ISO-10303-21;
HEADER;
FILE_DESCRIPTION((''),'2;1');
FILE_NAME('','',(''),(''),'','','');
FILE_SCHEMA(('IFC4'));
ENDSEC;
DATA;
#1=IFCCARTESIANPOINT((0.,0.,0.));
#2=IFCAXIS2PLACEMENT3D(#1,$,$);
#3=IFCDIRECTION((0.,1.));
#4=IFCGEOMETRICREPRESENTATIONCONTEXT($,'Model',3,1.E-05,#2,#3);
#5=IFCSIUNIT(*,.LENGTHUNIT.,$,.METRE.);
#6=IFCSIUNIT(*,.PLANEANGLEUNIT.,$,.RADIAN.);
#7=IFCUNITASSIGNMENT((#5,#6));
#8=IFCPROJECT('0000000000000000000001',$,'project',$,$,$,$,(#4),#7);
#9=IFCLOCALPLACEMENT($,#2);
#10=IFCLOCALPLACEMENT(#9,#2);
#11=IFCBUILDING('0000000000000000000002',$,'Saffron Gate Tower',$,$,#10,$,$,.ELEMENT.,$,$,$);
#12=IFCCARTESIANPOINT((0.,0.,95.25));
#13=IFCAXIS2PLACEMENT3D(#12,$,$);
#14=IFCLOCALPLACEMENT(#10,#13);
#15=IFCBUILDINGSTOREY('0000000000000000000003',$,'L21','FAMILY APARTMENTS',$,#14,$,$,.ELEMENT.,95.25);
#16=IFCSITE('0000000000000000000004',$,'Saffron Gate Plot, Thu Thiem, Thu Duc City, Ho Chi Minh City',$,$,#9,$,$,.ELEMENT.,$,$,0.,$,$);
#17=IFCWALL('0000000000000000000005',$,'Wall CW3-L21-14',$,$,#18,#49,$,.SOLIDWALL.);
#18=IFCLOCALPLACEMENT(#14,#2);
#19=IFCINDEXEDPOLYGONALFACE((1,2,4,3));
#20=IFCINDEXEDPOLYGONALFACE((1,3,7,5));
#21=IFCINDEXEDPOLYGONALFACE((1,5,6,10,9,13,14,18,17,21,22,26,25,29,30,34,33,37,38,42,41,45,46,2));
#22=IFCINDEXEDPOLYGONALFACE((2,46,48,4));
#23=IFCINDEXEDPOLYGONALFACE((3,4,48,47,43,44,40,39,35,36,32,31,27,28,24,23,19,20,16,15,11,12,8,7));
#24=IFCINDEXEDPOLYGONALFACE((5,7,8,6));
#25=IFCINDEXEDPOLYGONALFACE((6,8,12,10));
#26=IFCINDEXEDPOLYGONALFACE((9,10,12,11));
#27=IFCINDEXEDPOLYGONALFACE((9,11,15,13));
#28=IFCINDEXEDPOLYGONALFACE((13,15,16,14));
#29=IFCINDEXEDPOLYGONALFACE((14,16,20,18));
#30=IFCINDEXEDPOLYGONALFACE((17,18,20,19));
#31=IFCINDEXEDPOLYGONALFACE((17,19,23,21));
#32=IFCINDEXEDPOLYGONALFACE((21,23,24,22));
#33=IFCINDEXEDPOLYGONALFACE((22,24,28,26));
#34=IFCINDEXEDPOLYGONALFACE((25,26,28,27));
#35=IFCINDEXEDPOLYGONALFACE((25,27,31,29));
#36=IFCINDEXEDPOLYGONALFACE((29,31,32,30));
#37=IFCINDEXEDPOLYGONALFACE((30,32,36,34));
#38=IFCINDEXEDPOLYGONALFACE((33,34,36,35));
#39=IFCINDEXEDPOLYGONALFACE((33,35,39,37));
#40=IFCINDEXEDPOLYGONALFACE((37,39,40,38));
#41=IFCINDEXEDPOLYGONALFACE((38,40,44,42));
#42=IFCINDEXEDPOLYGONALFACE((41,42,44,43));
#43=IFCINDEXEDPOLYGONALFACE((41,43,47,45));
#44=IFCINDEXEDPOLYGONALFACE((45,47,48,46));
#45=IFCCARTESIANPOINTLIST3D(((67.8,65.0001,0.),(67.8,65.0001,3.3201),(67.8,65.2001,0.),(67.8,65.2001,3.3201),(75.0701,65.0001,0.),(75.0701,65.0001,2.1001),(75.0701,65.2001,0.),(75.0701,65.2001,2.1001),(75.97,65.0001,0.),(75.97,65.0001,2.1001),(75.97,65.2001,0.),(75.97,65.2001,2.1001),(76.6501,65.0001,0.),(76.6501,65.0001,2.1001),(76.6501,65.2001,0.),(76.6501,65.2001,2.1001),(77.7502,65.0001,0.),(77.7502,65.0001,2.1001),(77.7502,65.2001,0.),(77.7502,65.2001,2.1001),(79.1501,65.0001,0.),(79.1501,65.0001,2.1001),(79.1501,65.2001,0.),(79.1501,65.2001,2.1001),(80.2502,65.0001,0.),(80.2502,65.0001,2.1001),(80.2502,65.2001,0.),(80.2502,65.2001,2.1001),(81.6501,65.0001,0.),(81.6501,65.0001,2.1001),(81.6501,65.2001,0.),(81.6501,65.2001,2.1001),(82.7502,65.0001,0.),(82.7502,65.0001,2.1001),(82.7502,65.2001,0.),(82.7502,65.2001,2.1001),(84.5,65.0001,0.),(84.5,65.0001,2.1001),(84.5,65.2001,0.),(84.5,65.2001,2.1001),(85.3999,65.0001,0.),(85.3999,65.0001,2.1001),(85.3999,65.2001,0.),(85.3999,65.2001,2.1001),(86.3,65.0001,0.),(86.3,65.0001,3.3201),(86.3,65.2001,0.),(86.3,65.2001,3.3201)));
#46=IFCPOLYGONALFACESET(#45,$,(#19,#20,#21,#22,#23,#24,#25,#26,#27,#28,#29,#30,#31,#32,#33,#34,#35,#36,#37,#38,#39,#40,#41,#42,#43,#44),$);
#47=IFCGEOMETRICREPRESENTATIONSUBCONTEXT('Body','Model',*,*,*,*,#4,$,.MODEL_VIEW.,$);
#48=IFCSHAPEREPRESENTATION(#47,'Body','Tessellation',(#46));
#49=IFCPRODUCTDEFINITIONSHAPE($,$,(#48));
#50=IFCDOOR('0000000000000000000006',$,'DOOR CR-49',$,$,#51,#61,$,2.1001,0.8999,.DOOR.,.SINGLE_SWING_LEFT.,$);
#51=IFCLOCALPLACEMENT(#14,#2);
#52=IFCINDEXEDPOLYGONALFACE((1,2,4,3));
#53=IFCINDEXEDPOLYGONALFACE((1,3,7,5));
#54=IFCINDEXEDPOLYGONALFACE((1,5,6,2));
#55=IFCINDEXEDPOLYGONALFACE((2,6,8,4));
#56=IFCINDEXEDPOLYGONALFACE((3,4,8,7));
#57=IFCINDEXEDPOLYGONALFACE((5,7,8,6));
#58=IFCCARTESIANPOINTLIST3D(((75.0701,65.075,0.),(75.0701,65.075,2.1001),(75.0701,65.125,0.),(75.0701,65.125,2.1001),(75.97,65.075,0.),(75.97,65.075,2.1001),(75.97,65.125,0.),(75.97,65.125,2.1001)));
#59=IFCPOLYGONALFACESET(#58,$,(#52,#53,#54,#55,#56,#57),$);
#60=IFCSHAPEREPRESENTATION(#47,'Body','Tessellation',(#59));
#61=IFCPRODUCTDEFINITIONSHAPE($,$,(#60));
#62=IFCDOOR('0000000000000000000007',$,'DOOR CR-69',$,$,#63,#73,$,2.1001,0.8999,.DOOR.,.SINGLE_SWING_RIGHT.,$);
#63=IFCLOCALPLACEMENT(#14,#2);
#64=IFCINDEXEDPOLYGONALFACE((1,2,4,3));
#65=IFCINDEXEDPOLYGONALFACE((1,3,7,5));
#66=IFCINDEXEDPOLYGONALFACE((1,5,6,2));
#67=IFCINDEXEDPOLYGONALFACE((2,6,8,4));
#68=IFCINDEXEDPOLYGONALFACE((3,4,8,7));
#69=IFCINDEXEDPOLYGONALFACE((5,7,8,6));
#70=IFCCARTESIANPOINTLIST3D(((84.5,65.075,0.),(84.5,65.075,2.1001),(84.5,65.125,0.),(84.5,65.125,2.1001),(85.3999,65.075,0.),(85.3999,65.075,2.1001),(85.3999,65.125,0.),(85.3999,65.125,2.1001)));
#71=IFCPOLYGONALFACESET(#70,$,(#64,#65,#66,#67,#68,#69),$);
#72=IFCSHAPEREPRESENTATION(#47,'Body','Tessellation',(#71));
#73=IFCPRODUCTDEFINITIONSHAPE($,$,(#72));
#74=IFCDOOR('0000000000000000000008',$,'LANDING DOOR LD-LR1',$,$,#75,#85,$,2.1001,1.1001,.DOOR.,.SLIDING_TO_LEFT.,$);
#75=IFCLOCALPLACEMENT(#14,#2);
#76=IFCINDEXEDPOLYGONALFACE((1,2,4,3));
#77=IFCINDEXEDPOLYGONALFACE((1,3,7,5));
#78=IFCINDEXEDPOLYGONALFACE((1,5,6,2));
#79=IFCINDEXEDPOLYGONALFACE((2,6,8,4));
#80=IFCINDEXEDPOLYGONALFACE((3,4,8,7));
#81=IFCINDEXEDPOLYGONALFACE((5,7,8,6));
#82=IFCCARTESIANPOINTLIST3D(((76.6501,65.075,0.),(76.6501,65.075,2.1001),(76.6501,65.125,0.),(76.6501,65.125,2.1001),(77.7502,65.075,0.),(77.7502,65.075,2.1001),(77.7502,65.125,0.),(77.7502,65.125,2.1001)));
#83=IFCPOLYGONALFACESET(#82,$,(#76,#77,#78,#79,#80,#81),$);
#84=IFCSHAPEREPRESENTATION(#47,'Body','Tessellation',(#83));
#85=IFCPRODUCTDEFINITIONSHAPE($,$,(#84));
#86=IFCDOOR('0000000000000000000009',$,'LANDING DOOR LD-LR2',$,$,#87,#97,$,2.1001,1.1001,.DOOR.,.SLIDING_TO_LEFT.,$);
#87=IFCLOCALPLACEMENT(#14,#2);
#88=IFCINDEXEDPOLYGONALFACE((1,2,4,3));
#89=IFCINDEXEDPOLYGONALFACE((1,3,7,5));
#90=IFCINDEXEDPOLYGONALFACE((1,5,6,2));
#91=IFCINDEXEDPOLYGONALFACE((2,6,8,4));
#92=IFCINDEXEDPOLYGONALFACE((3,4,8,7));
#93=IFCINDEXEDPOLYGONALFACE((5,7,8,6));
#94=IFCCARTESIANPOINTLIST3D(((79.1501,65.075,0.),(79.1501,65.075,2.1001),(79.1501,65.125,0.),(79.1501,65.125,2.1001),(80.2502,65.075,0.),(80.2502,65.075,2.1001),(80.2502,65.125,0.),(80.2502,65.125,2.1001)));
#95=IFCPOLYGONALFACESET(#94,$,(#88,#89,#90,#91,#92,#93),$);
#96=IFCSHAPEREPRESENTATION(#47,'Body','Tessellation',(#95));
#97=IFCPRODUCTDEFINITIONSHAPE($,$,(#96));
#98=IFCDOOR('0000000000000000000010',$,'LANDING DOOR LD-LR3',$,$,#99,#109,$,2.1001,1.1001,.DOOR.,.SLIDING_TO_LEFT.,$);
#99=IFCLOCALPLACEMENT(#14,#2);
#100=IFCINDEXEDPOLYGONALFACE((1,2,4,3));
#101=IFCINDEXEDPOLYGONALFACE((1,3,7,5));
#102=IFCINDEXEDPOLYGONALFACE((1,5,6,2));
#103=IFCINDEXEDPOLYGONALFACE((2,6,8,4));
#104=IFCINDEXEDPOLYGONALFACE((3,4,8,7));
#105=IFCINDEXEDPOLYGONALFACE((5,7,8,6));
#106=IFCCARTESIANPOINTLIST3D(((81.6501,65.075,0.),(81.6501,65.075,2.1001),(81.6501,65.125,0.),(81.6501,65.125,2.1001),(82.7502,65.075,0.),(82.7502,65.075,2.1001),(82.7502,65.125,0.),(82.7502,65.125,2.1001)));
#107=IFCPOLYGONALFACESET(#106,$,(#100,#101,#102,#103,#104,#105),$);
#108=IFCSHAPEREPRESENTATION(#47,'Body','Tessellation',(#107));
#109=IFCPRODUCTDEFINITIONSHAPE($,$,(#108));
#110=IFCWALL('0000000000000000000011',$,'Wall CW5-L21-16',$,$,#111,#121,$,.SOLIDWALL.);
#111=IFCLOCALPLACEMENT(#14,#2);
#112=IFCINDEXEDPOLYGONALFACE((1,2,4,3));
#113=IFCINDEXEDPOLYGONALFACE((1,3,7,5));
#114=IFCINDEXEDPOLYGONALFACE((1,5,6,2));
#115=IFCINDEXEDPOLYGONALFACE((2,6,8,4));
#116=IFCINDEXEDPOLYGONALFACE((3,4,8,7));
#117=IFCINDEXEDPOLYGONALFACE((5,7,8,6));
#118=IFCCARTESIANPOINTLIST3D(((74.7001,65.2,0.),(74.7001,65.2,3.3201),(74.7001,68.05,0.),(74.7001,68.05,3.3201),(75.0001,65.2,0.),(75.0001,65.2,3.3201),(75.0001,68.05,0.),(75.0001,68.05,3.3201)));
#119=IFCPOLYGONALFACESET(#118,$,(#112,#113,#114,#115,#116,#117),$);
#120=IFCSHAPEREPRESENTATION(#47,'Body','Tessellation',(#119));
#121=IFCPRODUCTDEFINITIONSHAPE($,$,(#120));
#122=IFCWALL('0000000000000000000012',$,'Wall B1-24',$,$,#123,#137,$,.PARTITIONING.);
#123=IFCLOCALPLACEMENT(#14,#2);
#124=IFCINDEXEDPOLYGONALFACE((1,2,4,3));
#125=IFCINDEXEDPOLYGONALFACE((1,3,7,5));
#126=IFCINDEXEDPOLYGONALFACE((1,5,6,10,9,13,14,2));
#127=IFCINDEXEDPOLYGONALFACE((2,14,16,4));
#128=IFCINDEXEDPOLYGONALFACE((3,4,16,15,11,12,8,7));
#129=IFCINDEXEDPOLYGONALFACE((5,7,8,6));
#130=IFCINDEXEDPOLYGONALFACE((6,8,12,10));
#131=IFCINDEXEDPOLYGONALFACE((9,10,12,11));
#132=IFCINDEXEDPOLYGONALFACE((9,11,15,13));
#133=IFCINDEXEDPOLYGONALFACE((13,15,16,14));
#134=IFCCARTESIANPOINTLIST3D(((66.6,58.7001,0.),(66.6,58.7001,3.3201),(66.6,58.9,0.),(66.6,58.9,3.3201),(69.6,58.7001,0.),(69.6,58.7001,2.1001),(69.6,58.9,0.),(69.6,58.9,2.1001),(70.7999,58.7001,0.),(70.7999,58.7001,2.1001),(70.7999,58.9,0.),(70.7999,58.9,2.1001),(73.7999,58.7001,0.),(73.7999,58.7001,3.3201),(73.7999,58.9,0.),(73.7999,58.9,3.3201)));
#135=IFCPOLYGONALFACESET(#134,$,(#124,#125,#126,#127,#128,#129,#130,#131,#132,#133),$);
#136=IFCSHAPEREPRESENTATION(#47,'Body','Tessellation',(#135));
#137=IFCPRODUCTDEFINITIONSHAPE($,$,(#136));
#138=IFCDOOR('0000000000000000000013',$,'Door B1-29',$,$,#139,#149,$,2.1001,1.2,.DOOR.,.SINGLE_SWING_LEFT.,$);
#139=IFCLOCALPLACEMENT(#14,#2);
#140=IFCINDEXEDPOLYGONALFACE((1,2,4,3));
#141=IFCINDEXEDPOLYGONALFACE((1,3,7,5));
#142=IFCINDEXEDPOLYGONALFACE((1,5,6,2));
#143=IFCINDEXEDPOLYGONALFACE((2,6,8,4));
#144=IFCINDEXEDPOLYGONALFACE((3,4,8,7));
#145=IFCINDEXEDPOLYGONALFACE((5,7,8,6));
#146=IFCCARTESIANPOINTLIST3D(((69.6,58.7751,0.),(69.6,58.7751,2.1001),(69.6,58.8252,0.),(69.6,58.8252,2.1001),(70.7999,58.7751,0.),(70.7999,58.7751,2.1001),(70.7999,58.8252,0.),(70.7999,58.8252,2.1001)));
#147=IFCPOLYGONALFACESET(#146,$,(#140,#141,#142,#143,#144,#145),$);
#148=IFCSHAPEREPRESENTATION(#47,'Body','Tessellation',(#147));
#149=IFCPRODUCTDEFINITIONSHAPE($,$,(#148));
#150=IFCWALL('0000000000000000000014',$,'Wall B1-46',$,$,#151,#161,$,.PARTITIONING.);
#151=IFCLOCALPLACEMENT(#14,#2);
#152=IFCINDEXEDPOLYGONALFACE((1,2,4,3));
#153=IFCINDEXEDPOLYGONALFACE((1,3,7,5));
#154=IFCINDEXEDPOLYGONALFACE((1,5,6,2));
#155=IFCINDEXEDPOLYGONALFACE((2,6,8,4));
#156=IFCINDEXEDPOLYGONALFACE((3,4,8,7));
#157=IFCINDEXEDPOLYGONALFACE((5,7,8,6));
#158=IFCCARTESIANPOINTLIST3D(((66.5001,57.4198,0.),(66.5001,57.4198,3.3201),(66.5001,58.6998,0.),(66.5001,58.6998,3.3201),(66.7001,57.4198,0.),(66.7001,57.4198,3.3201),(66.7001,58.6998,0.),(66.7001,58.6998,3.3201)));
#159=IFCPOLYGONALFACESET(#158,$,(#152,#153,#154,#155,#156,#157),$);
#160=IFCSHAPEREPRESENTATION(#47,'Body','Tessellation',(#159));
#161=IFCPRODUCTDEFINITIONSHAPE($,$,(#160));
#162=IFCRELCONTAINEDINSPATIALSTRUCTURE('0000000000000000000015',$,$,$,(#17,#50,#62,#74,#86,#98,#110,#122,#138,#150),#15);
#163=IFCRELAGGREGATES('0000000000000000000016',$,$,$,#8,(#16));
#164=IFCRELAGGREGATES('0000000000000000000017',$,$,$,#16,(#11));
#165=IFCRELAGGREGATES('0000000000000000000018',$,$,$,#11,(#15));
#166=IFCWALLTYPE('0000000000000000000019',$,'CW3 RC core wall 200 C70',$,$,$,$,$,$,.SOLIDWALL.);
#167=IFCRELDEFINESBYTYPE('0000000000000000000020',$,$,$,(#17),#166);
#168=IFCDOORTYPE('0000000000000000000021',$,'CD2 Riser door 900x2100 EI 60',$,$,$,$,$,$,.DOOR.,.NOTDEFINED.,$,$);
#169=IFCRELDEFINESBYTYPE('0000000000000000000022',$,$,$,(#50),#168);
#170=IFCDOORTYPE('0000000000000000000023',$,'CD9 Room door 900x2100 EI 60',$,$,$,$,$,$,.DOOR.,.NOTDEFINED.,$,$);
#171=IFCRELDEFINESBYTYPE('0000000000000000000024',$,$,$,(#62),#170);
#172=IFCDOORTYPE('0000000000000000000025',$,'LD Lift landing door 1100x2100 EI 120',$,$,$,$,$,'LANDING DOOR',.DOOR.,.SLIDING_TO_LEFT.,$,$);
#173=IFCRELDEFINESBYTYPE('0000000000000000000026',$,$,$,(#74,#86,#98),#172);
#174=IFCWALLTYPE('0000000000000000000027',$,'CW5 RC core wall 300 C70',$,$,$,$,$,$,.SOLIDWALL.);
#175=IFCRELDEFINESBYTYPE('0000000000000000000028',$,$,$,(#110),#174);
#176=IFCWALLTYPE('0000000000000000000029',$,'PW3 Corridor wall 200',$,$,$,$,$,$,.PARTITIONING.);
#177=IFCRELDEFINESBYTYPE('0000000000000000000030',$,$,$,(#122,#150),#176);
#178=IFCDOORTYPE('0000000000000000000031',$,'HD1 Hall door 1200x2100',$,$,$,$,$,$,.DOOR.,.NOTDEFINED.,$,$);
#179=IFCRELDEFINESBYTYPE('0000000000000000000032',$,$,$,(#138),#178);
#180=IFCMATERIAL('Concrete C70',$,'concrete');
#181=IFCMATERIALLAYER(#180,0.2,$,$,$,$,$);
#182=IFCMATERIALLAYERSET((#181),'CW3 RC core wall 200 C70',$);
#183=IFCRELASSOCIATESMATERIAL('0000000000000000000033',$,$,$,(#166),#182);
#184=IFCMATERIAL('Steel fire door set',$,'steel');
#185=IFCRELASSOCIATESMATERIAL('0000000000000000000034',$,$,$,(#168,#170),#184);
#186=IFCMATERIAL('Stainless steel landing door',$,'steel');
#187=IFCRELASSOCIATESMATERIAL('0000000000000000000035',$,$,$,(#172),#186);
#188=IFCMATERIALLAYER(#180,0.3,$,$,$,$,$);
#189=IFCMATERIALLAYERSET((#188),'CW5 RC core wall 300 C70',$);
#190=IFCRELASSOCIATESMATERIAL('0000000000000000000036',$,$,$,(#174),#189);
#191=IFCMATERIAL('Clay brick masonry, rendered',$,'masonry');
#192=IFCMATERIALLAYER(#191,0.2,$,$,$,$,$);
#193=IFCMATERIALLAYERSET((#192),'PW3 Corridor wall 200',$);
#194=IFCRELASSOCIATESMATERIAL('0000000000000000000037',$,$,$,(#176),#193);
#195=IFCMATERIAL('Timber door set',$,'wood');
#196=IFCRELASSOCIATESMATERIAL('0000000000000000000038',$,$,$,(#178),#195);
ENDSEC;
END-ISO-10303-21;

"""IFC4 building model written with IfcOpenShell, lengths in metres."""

from ifc_helpers import new_model, si_unit, direction, frame, frame_2d, origin, place, context, subcontext, project, spatial, rectangle, extrude, material, layer, layer_set, type_object, element, fill, save


model = new_model("IFC4")

# Units and contexts
model_context = context("Model", 3, precision=1e-05, world=origin(), true_north=direction((0.0, 1.0)))
body_context = subcontext(model_context, "Body", "Model", "MODEL_VIEW")
ifc_project = project(units=[si_unit("LENGTHUNIT", "METRE"), si_unit("PLANEANGLEUNIT", "RADIAN")], contexts=[model_context])

# Site, building, storey
site_placement = place(None, origin())
site = spatial("IfcSite", under=ifc_project, at=site_placement, Name="Saffron Gate Plot, Thu Thiem, Thu Duc City, Ho Chi Minh City", CompositionType="ELEMENT", RefElevation=0.0)
building_placement = place(site_placement, origin())
building = spatial("IfcBuilding", under=site, at=building_placement, Name="Saffron Gate Tower", CompositionType="ELEMENT")
storey_placement = place(building_placement, frame((0.0, 0.0, 95.25)))
storey = spatial("IfcBuildingStorey", under=building, at=storey_placement, Name="L21", Description="FAMILY APARTMENTS", CompositionType="ELEMENT", Elevation=95.25)

# Shared definitions
ifc_material_1 = material(Name="Concrete C70", Category="concrete")
ifc_material_2 = material(Name="Steel fire door set", Category="steel")

# Shared definitions
ifc_layer_1 = layer(ifc_material_1, 0.2)
ifc_layer_set_1 = layer_set([ifc_layer_1], Name="CW3 RC core wall 200 C70")
wall_type_1 = type_object("IfcWallType", Name="CW3 RC core wall 200 C70", PredefinedType="SOLIDWALL", material=ifc_layer_set_1)

# Wall, openings, doors
wall_1_placement = place(storey_placement, frame((67.8, 65.1001, 0.0), z_axis=(0.0, 0.0, 1.0), x_axis=(1.0, 0.0, 0.0)))
wall_1 = element("IfcWall", 1, at=wall_1_placement, inside=storey, type_object=wall_type_1, Name="Wall CW3-L21-14", PredefinedType="SOLIDWALL", context=body_context, shape_type="SweptSolid", body=[
    extrude(rectangle(XDim=18.5, YDim=0.2, at=frame_2d((9.25, 0.0))), origin(), (0.0, 0.0, 1.0), 3.3201),
])
opening_1_placement = place(wall_1_placement, frame((7.27, 0.0, 0.0)))
opening_1 = element("IfcOpeningElement", 2, at=opening_1_placement, cuts=wall_1, PredefinedType="OPENING", context=body_context, shape_type="SweptSolid", body=[
    extrude(rectangle(XDim=0.8999, YDim=2.1001, at=frame_2d((0.45, 1.05))), frame((0.0, 0.1099, 0.0), z_axis=(0.0, -1.0, 0.0), x_axis=(1.0, 0.0, 0.0)), (0.0, 0.0, 1.0), 0.22),
])
opening_2_placement = place(wall_1_placement, frame((8.8501, 0.0, 0.0)))
opening_2 = element("IfcOpeningElement", 3, at=opening_2_placement, cuts=wall_1, PredefinedType="OPENING", context=body_context, shape_type="SweptSolid", body=[
    extrude(rectangle(XDim=1.1001, YDim=2.1001, at=frame_2d((0.55, 1.05))), frame((0.0, 0.1099, 0.0), z_axis=(0.0, -1.0, 0.0), x_axis=(1.0, 0.0, 0.0)), (0.0, 0.0, 1.0), 0.22),
])
opening_3_placement = place(wall_1_placement, frame((11.3501, 0.0, 0.0)))
opening_3 = element("IfcOpeningElement", 4, at=opening_3_placement, cuts=wall_1, PredefinedType="OPENING", context=body_context, shape_type="SweptSolid", body=[
    extrude(rectangle(XDim=1.1001, YDim=2.1001, at=frame_2d((0.55, 1.05))), frame((0.0, 0.1099, 0.0), z_axis=(0.0, -1.0, 0.0), x_axis=(1.0, 0.0, 0.0)), (0.0, 0.0, 1.0), 0.22),
])
opening_4_placement = place(wall_1_placement, frame((13.8501, 0.0, 0.0)))
opening_4 = element("IfcOpeningElement", 5, at=opening_4_placement, cuts=wall_1, PredefinedType="OPENING", context=body_context, shape_type="SweptSolid", body=[
    extrude(rectangle(XDim=1.1001, YDim=2.1001, at=frame_2d((0.55, 1.05))), frame((0.0, 0.1099, 0.0), z_axis=(0.0, -1.0, 0.0), x_axis=(1.0, 0.0, 0.0)), (0.0, 0.0, 1.0), 0.22),
])
opening_5_placement = place(wall_1_placement, frame((16.7, 0.0, 0.0)))
opening_5 = element("IfcOpeningElement", 6, at=opening_5_placement, cuts=wall_1, PredefinedType="OPENING", context=body_context, shape_type="SweptSolid", body=[
    extrude(rectangle(XDim=0.8999, YDim=2.1001, at=frame_2d((0.45, 1.05))), frame((0.0, 0.1099, 0.0), z_axis=(0.0, -1.0, 0.0), x_axis=(1.0, 0.0, 0.0)), (0.0, 0.0, 1.0), 0.22),
])
door_type_1 = type_object("IfcDoorType", Name="CD2 Riser door 900x2100 EI 60", OperationType="NOTDEFINED", PredefinedType="DOOR", material=ifc_material_2)
door_1_placement = place(opening_1_placement, origin())
door_1 = element("IfcDoor", 7, at=door_1_placement, inside=storey, type_object=door_type_1, Name="DOOR CR-49", OperationType="SINGLE_SWING_LEFT", OverallHeight=2.1001, OverallWidth=0.8999, PredefinedType="DOOR", context=body_context, shape_type="SweptSolid", body=[
    extrude(rectangle(XDim=0.8999, YDim=2.1001, at=frame_2d((0.45, 1.05))), frame((0.0, 0.0249, 0.0), z_axis=(0.0, -1.0, 0.0), x_axis=(1.0, 0.0, 0.0)), (0.0, 0.0, 1.0), 0.05),
])
fill(opening_1, door_1)
door_type_2 = type_object("IfcDoorType", Name="CD9 Room door 900x2100 EI 60", OperationType="NOTDEFINED", PredefinedType="DOOR", material=ifc_material_2)
door_2_placement = place(opening_5_placement, origin())
door_2 = element("IfcDoor", 8, at=door_2_placement, inside=storey, type_object=door_type_2, Name="DOOR CR-69", OperationType="SINGLE_SWING_RIGHT", OverallHeight=2.1001, OverallWidth=0.8999, PredefinedType="DOOR", context=body_context, shape_type="SweptSolid", body=[
    extrude(rectangle(XDim=0.8999, YDim=2.1001, at=frame_2d((0.45, 1.05))), frame((0.0, 0.0249, 0.0), z_axis=(0.0, -1.0, 0.0), x_axis=(1.0, 0.0, 0.0)), (0.0, 0.0, 1.0), 0.05),
])
fill(opening_5, door_2)
ifc_material_3 = material(Name="Stainless steel landing door", Category="steel")
door_type_3 = type_object("IfcDoorType", Name="LD Lift landing door 1100x2100 EI 120", ElementType="LANDING DOOR", OperationType="SLIDING_TO_LEFT", PredefinedType="DOOR", material=ifc_material_3)
door_3_placement = place(opening_2_placement, origin())
door_3 = element("IfcDoor", 9, at=door_3_placement, inside=storey, type_object=door_type_3, Name="LANDING DOOR LD-LR1", OperationType="SLIDING_TO_LEFT", OverallHeight=2.1001, OverallWidth=1.1001, PredefinedType="DOOR", context=body_context, shape_type="SweptSolid", body=[
    extrude(rectangle(XDim=1.1001, YDim=2.1001, at=frame_2d((0.55, 1.05))), frame((0.0, 0.0249, 0.0), z_axis=(0.0, -1.0, 0.0), x_axis=(1.0, 0.0, 0.0)), (0.0, 0.0, 1.0), 0.05),
])
fill(opening_2, door_3)
door_4_placement = place(opening_3_placement, origin())
door_4 = element("IfcDoor", 10, at=door_4_placement, inside=storey, type_object=door_type_3, Name="LANDING DOOR LD-LR2", OperationType="SLIDING_TO_LEFT", OverallHeight=2.1001, OverallWidth=1.1001, PredefinedType="DOOR", context=body_context, shape_type="SweptSolid", body=[
    extrude(rectangle(XDim=1.1001, YDim=2.1001, at=frame_2d((0.55, 1.05))), frame((0.0, 0.0249, 0.0), z_axis=(0.0, -1.0, 0.0), x_axis=(1.0, 0.0, 0.0)), (0.0, 0.0, 1.0), 0.05),
])
fill(opening_3, door_4)
door_5_placement = place(opening_4_placement, origin())
door_5 = element("IfcDoor", 11, at=door_5_placement, inside=storey, type_object=door_type_3, Name="LANDING DOOR LD-LR3", OperationType="SLIDING_TO_LEFT", OverallHeight=2.1001, OverallWidth=1.1001, PredefinedType="DOOR", context=body_context, shape_type="SweptSolid", body=[
    extrude(rectangle(XDim=1.1001, YDim=2.1001, at=frame_2d((0.55, 1.05))), frame((0.0, 0.0249, 0.0), z_axis=(0.0, -1.0, 0.0), x_axis=(1.0, 0.0, 0.0)), (0.0, 0.0, 1.0), 0.05),
])
fill(opening_4, door_5)

# Wall
ifc_layer_2 = layer(ifc_material_1, 0.3)
ifc_layer_set_2 = layer_set([ifc_layer_2], Name="CW5 RC core wall 300 C70")
wall_type_2 = type_object("IfcWallType", Name="CW5 RC core wall 300 C70", PredefinedType="SOLIDWALL", material=ifc_layer_set_2)
wall_2_placement = place(storey_placement, frame((74.8501, 65.2, 0.0), z_axis=(0.0, 0.0, 1.0), x_axis=(0.0, 1.0, 0.0)))
element("IfcWall", 12, at=wall_2_placement, inside=storey, type_object=wall_type_2, Name="Wall CW5-L21-16", PredefinedType="SOLIDWALL", context=body_context, shape_type="SweptSolid", body=[
    extrude(rectangle(XDim=2.8501, YDim=0.3, at=frame_2d((1.425, 0.0))), origin(), (0.0, 0.0, 1.0), 3.3201),
])

# Wall, opening, door
ifc_material_4 = material(Name="Clay brick masonry, rendered", Category="masonry")
ifc_layer_3 = layer(ifc_material_4, 0.2)
ifc_layer_set_3 = layer_set([ifc_layer_3], Name="PW3 Corridor wall 200")
wall_type_3 = type_object("IfcWallType", Name="PW3 Corridor wall 200", PredefinedType="PARTITIONING", material=ifc_layer_set_3)
wall_3_placement = place(storey_placement, frame((73.8, 58.8, 0.0), z_axis=(0.0, 0.0, 1.0), x_axis=(-1.0, 0.0, 0.0)))
wall_3 = element("IfcWall", 13, at=wall_3_placement, inside=storey, type_object=wall_type_3, Name="Wall B1-24", PredefinedType="PARTITIONING", context=body_context, shape_type="SweptSolid", body=[
    extrude(rectangle(XDim=7.2, YDim=0.2, at=frame_2d((3.6001, 0.0))), origin(), (0.0, 0.0, 1.0), 3.3201),
])
opening_6_placement = place(wall_3_placement, frame((3.0, 0.0, 0.0)))
opening_6 = element("IfcOpeningElement", 14, at=opening_6_placement, cuts=wall_3, PredefinedType="OPENING", context=body_context, shape_type="SweptSolid", body=[
    extrude(rectangle(XDim=1.2, YDim=2.1001, at=frame_2d((0.6001, 1.05))), frame((0.0, 0.1099, 0.0), z_axis=(0.0, -1.0, 0.0), x_axis=(1.0, 0.0, 0.0)), (0.0, 0.0, 1.0), 0.22),
])
ifc_material_5 = material(Name="Timber door set", Category="wood")
door_type_4 = type_object("IfcDoorType", Name="HD1 Hall door 1200x2100", OperationType="NOTDEFINED", PredefinedType="DOOR", material=ifc_material_5)
door_6_placement = place(opening_6_placement, origin())
door_6 = element("IfcDoor", 15, at=door_6_placement, inside=storey, type_object=door_type_4, Name="Door B1-29", OperationType="SINGLE_SWING_LEFT", OverallHeight=2.1001, OverallWidth=1.2, PredefinedType="DOOR", context=body_context, shape_type="SweptSolid", body=[
    extrude(rectangle(XDim=1.2, YDim=2.1001, at=frame_2d((0.6001, 1.05))), frame((0.0, 0.0249, 0.0), z_axis=(0.0, -1.0, 0.0), x_axis=(1.0, 0.0, 0.0)), (0.0, 0.0, 1.0), 0.05),
])
fill(opening_6, door_6)

# Wall
wall_4_placement = place(storey_placement, frame((66.6001, 58.7, 0.0), z_axis=(0.0, 0.0, 1.0), x_axis=(0.0, -1.0, 0.0)))
element("IfcWall", 16, at=wall_4_placement, inside=storey, type_object=wall_type_3, Name="Wall B1-46", PredefinedType="PARTITIONING", context=body_context, shape_type="SweptSolid", body=[
    extrude(rectangle(XDim=1.28, YDim=0.2, at=frame_2d((0.6401, 0.0))), origin(), (0.0, 0.0, 1.0), 3.3201),
])

save(model, "model.ifc")
